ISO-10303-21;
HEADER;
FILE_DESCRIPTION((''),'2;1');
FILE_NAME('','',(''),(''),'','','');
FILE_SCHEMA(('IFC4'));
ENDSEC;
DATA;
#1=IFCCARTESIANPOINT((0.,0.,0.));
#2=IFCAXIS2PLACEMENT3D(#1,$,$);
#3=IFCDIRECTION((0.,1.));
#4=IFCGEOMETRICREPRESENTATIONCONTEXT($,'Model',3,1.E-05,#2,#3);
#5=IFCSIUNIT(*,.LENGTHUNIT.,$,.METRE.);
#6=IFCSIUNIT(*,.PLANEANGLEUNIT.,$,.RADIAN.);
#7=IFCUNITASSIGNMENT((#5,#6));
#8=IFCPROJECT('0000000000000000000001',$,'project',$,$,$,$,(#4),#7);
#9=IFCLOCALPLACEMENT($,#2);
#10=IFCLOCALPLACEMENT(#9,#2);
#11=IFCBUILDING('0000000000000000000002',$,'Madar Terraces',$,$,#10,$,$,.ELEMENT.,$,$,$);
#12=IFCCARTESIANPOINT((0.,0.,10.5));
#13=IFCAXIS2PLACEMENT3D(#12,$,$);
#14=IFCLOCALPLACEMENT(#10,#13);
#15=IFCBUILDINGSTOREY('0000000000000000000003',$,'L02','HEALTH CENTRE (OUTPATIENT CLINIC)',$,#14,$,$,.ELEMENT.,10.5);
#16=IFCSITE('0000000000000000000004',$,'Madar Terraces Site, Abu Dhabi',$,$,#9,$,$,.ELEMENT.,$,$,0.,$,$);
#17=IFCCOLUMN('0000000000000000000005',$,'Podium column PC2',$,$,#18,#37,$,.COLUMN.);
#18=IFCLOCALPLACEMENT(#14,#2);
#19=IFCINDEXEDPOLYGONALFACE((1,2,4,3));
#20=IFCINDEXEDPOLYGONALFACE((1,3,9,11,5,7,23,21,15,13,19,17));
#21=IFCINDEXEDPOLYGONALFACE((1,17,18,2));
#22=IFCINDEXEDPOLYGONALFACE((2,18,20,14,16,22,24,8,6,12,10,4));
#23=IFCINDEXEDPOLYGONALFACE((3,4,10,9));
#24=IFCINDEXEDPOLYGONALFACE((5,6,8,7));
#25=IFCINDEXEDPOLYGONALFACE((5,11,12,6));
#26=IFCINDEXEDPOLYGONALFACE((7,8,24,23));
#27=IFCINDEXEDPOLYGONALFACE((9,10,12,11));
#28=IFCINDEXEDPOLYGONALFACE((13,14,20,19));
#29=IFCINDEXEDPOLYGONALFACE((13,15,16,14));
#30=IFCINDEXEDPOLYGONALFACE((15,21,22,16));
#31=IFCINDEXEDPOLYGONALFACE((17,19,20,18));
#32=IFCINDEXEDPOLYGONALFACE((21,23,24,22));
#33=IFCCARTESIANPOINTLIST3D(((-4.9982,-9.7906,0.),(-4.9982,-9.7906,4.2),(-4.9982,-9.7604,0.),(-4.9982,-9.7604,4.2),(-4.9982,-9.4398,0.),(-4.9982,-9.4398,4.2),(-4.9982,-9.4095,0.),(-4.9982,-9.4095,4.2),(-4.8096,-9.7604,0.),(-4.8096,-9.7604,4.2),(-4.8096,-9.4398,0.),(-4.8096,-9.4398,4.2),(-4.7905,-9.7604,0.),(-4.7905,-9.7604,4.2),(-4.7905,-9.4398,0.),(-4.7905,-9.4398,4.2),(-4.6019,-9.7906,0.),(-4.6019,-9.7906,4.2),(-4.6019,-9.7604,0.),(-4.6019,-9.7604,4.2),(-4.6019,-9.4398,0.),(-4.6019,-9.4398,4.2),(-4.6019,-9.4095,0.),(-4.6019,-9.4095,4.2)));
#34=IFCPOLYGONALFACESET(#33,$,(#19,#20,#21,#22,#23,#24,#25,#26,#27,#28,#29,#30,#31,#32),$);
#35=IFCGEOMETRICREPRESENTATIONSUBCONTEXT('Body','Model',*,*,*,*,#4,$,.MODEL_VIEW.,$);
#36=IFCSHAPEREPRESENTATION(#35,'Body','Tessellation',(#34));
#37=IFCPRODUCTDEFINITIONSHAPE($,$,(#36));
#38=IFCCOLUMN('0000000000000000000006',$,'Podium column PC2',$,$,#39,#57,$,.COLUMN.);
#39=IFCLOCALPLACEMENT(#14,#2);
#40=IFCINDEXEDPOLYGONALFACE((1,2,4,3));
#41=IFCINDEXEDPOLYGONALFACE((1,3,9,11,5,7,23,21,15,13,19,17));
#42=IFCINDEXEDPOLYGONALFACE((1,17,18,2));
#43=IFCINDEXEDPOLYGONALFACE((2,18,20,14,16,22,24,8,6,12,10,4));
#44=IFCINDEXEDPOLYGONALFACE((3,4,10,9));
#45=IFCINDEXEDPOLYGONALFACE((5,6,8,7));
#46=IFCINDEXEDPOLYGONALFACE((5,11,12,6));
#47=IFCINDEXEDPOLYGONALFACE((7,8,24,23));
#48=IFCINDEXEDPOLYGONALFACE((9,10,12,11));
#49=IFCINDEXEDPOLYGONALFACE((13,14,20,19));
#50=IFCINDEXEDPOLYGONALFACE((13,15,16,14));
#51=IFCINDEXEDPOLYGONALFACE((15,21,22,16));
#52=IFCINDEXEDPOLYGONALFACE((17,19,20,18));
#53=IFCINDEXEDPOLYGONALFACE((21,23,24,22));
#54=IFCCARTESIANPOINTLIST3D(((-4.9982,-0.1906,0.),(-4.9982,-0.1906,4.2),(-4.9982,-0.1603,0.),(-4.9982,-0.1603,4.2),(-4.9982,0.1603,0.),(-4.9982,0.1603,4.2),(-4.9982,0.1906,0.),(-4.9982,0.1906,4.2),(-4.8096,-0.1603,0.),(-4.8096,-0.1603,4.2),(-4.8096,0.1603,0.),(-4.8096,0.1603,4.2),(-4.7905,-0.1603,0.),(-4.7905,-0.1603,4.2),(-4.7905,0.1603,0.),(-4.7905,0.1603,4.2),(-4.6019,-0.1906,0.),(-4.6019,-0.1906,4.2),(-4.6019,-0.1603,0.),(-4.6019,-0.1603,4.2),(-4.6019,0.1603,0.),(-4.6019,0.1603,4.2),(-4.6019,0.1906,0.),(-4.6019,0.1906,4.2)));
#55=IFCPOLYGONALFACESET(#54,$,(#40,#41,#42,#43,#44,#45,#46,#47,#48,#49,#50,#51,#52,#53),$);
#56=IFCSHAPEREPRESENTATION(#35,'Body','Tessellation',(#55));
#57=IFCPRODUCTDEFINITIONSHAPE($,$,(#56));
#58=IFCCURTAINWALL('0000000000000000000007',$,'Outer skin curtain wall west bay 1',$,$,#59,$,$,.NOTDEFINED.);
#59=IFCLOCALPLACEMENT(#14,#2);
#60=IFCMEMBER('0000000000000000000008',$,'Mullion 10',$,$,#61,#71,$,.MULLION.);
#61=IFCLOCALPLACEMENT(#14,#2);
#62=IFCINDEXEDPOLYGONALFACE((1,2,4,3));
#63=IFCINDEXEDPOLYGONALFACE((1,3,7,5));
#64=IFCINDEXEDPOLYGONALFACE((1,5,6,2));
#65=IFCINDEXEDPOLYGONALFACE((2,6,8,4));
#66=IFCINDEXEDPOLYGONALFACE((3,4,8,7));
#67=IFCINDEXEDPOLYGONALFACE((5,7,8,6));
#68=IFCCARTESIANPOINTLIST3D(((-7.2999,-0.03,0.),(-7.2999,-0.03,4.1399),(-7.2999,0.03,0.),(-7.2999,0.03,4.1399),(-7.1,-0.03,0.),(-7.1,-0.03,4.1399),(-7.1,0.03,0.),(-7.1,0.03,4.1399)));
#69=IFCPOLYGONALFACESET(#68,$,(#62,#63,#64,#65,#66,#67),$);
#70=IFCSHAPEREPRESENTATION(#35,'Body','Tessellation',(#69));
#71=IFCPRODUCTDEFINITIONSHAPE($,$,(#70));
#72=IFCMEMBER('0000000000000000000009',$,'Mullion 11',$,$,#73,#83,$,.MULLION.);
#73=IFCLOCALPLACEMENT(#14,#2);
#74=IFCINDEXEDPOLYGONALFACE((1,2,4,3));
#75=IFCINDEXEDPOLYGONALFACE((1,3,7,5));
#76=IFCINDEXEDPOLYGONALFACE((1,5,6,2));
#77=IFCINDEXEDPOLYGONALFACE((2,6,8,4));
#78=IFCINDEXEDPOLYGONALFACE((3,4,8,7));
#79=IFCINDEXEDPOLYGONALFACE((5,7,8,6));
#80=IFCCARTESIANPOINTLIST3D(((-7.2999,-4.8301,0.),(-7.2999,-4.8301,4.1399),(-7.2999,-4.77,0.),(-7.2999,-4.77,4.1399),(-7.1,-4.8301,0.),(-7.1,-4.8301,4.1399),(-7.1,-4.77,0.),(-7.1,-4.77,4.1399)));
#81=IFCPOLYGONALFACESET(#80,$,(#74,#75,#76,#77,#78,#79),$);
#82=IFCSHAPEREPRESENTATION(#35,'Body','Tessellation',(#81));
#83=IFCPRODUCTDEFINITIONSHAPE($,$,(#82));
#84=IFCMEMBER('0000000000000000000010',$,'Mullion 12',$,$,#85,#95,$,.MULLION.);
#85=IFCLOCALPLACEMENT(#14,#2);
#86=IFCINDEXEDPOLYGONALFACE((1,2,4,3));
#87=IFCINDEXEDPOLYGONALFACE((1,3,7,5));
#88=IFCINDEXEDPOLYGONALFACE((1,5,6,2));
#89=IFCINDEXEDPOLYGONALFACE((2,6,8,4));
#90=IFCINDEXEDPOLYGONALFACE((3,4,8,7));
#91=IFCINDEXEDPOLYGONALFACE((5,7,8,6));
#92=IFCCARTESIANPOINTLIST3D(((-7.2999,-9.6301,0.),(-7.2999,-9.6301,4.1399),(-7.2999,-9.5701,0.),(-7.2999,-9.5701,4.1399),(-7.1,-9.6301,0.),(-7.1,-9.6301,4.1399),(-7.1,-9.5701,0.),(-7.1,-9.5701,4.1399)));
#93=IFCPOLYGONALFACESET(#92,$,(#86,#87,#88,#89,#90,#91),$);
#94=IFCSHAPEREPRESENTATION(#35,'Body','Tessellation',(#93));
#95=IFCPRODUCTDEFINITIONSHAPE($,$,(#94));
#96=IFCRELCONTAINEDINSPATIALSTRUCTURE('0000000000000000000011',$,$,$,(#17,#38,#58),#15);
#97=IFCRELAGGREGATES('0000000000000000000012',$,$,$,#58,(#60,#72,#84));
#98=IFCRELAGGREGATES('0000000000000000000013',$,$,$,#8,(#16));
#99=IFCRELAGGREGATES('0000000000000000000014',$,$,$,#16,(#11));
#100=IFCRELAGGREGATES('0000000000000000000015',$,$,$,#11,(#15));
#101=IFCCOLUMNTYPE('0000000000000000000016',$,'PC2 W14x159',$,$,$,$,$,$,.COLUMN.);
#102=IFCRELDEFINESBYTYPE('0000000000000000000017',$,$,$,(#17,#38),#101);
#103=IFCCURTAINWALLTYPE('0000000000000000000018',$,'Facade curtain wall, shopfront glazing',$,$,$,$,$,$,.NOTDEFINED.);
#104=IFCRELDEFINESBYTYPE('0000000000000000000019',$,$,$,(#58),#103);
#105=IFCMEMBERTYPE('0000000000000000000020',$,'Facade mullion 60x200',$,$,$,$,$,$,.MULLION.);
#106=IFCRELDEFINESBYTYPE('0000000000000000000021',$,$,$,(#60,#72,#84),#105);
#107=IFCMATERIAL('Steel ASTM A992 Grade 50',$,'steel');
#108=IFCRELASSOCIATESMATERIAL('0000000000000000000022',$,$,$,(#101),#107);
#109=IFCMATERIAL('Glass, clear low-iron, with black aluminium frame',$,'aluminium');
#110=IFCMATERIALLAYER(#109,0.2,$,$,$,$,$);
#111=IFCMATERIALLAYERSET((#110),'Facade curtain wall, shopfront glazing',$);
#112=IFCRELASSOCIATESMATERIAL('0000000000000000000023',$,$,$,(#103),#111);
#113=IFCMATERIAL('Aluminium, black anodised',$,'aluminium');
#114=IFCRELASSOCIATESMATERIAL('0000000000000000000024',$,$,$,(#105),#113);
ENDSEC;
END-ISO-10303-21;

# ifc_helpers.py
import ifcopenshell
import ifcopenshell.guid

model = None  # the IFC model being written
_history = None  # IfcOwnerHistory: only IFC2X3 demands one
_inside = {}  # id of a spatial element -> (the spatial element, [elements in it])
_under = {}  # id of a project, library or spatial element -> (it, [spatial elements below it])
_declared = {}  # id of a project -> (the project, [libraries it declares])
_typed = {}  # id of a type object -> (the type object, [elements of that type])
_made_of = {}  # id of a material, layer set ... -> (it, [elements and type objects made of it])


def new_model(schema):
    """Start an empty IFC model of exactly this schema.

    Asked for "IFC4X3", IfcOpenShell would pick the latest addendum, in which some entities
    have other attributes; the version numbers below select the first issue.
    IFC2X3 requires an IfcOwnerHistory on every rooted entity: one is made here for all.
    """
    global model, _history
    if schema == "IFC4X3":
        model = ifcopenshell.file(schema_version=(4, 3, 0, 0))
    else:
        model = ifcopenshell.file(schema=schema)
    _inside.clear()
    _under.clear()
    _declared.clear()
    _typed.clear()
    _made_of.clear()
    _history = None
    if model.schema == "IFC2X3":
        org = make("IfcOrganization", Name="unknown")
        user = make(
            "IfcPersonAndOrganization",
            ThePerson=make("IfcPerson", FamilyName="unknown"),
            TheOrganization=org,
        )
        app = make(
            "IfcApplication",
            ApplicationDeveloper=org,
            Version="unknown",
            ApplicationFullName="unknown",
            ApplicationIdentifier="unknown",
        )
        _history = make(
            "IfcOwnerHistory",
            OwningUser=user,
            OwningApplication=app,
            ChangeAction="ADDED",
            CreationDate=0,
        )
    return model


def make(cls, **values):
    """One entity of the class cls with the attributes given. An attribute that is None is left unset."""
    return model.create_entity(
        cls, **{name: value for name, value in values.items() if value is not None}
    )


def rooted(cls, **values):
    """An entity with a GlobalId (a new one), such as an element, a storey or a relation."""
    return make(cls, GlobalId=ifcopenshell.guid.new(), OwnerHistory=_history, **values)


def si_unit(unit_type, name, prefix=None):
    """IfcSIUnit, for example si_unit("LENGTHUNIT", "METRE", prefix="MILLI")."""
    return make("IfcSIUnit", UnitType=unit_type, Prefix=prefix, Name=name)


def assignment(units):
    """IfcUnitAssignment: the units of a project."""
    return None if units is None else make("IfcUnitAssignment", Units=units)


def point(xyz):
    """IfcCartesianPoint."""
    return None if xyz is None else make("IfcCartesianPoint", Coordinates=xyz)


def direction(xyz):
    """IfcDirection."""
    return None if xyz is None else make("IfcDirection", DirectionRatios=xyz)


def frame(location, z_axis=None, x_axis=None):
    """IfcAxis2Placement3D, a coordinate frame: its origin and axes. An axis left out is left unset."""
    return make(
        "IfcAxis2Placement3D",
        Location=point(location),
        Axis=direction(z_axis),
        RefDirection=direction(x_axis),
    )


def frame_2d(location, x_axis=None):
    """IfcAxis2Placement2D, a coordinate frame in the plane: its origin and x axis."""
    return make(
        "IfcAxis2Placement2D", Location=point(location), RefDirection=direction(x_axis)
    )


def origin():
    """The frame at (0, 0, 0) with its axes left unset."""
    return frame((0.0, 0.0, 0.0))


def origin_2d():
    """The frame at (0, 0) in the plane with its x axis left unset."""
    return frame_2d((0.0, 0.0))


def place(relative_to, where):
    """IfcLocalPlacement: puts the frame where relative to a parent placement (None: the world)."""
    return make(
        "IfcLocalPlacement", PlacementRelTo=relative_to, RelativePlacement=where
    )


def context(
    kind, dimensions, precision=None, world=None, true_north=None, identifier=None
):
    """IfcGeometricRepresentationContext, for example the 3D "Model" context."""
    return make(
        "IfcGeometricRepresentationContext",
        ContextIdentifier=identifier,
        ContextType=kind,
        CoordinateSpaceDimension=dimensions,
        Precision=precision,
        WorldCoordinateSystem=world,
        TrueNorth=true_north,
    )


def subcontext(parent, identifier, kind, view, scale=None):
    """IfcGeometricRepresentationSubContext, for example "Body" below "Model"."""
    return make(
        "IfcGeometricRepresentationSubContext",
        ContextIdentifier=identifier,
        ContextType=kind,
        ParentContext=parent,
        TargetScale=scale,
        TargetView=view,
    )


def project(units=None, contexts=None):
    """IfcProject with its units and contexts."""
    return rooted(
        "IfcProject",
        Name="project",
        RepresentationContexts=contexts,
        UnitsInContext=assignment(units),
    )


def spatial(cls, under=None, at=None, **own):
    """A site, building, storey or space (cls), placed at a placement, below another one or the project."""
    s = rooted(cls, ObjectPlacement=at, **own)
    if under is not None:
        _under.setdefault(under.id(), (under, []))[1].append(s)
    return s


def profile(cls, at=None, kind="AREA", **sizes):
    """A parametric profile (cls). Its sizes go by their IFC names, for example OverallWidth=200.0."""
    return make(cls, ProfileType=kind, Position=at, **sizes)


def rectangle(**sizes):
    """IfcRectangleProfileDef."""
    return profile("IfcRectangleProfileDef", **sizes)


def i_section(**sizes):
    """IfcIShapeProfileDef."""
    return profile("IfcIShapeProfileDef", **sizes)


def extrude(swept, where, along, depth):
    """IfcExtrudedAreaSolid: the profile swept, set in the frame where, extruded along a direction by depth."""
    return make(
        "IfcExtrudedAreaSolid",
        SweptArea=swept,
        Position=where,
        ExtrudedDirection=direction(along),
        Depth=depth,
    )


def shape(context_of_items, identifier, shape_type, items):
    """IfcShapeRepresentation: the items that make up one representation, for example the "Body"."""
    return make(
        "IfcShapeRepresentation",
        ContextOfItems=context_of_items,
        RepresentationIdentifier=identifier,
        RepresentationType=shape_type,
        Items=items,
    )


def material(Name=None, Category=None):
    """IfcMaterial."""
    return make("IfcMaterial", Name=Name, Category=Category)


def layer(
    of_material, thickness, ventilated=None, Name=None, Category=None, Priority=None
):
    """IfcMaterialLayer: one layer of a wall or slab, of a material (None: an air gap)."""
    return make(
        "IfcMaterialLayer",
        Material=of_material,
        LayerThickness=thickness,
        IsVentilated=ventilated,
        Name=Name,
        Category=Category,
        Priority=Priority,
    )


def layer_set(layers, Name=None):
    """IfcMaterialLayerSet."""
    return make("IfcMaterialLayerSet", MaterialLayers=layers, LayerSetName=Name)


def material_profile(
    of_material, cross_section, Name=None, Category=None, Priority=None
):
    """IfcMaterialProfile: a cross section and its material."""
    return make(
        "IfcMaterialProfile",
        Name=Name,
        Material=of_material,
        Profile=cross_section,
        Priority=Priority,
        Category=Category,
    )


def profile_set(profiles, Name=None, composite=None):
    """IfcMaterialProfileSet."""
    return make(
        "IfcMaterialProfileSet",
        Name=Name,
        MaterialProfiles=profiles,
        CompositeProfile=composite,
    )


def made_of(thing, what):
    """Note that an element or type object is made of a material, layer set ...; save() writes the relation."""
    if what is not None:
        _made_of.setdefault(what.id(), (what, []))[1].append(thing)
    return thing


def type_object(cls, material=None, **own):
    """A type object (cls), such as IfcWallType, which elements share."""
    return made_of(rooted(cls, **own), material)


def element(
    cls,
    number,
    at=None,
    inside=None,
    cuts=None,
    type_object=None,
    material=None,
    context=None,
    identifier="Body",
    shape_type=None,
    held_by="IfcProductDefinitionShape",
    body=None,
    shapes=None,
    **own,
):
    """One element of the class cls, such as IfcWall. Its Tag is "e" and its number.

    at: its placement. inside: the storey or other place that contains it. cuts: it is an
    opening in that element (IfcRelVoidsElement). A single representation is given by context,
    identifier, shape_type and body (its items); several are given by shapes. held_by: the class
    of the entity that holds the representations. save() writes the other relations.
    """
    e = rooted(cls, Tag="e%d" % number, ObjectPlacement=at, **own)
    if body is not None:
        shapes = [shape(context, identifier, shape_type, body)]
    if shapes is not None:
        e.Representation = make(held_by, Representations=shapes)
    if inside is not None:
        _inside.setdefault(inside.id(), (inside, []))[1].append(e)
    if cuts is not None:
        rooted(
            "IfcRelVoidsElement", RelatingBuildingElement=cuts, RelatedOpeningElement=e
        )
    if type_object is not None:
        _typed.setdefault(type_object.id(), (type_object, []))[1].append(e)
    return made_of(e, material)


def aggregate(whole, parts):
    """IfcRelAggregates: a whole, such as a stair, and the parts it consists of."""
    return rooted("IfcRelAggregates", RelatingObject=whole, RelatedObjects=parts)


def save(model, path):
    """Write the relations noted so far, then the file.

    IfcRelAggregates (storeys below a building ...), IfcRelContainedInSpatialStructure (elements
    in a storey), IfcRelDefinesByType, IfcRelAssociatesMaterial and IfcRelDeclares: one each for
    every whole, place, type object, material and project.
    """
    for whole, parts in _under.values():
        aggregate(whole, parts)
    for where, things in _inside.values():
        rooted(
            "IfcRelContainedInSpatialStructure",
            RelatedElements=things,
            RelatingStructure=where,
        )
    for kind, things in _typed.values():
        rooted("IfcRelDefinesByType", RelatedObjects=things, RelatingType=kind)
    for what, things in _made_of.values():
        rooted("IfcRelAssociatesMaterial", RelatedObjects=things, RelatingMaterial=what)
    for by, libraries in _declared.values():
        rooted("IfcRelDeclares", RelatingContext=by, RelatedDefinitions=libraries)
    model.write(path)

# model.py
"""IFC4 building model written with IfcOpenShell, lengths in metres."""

from ifc_helpers import new_model, si_unit, direction, frame, origin, origin_2d, place, context, subcontext, project, spatial, rectangle, i_section, extrude, material, layer, layer_set, material_profile, profile_set, type_object, element, aggregate, save


model = new_model("IFC4")

# Units and contexts
model_context = context("Model", 3, precision=1e-05, world=origin(), true_north=direction((0.0, 1.0)))
body_context = subcontext(model_context, "Body", "Model", "MODEL_VIEW")
ifc_project = project(units=[si_unit("LENGTHUNIT", "METRE"), si_unit("PLANEANGLEUNIT", "RADIAN")], contexts=[model_context])

# Site, building, storey
site_placement = place(None, origin())
site = spatial("IfcSite", under=ifc_project, at=site_placement, Name="Madar Terraces Site, Abu Dhabi", CompositionType="ELEMENT", RefElevation=0.0)
building_placement = place(site_placement, origin())
building = spatial("IfcBuilding", under=site, at=building_placement, Name="Madar Terraces", CompositionType="ELEMENT")
storey_placement = place(building_placement, frame((0.0, 0.0, 10.5)))
storey = spatial("IfcBuildingStorey", under=building, at=storey_placement, Name="L02", Description="HEALTH CENTRE (OUTPATIENT CLINIC)", CompositionType="ELEMENT", Elevation=10.5)

# Columns
ifc_material_1 = material(Name="Steel ASTM A992 Grade 50", Category="steel")
ifc_material_profile_1 = material_profile(ifc_material_1, i_section(OverallWidth=0.3962, OverallDepth=0.3811, WebThickness=0.019, FlangeThickness=0.0303, at=origin_2d()), Name="W14x159")
ifc_profile_set_1 = profile_set([ifc_material_profile_1], Name="Steel ASTM A992 Grade 50")
column_type = type_object("IfcColumnType", Name="PC2 W14x159", PredefinedType="COLUMN", material=ifc_profile_set_1)
for number, where, z_axis, x_axis, name in (
    (1, (-4.8, -9.6001, 0.0), (0.0, 0.0, 1.0), (1.0, 0.0, 0.0), "Podium column PC2"),
    (2, (-4.8, 0.0, 0.0), (0.0, 0.0, 1.0), (1.0, 0.0, 0.0), "Podium column PC2"),
):
    element("IfcColumn", number, at=place(storey_placement, frame(where, z_axis=z_axis, x_axis=x_axis)), inside=storey, type_object=column_type, Name=name, PredefinedType="COLUMN", context=body_context, shape_type="SweptSolid", body=[
        extrude(i_section(OverallWidth=0.3962, OverallDepth=0.3811, WebThickness=0.019, FlangeThickness=0.0303, at=origin_2d()), origin(), (0.0, 0.0, 1.0), 4.2),
    ])

# Curtain wall, members
ifc_material_2 = material(Name="Glass, clear low-iron, with black aluminium frame", Category="aluminium")
ifc_layer_1 = layer(ifc_material_2, 0.2)
ifc_layer_set_1 = layer_set([ifc_layer_1], Name="Facade curtain wall, shopfront glazing")
curtain_wall_type = type_object("IfcCurtainWallType", Name="Facade curtain wall, shopfront glazing", PredefinedType="NOTDEFINED", material=ifc_layer_set_1)
curtain_wall_placement = place(storey_placement, origin())
curtain_wall = element("IfcCurtainWall", 3, at=curtain_wall_placement, inside=storey, type_object=curtain_wall_type, Name="Outer skin curtain wall west bay 1", PredefinedType="NOTDEFINED")
ifc_material_3 = material(Name="Aluminium, black anodised", Category="aluminium")
ifc_material_profile_2 = material_profile(ifc_material_3, rectangle(XDim=0.2, YDim=0.0601, at=origin_2d()), Name="Facade mullion 60x200")
ifc_profile_set_2 = profile_set([ifc_material_profile_2], Name="Aluminium, black anodised")
member_type = type_object("IfcMemberType", Name="Facade mullion 60x200", PredefinedType="MULLION", material=ifc_profile_set_2)
member_1_placement = place(storey_placement, frame((-7.2, 0.0, 0.0), z_axis=(0.0, 0.0, 1.0), x_axis=(1.0, 0.0, 0.0)))
member_1 = element("IfcMember", 4, at=member_1_placement, type_object=member_type, Name="Mullion 10", PredefinedType="MULLION", context=body_context, shape_type="SweptSolid", body=[
    extrude(rectangle(XDim=0.2, YDim=0.0601, at=origin_2d()), origin(), (0.0, 0.0, 1.0), 4.1399),
])
member_2_placement = place(storey_placement, frame((-7.2, -4.8, 0.0), z_axis=(0.0, 0.0, 1.0), x_axis=(1.0, 0.0, 0.0)))
member_2 = element("IfcMember", 5, at=member_2_placement, type_object=member_type, Name="Mullion 11", PredefinedType="MULLION", context=body_context, shape_type="SweptSolid", body=[
    extrude(rectangle(XDim=0.2, YDim=0.0601, at=origin_2d()), origin(), (0.0, 0.0, 1.0), 4.1399),
])
member_3_placement = place(storey_placement, frame((-7.2, -9.6001, 0.0), z_axis=(0.0, 0.0, 1.0), x_axis=(1.0, 0.0, 0.0)))
member_3 = element("IfcMember", 6, at=member_3_placement, type_object=member_type, Name="Mullion 12", PredefinedType="MULLION", context=body_context, shape_type="SweptSolid", body=[
    extrude(rectangle(XDim=0.2, YDim=0.0601, at=origin_2d()), origin(), (0.0, 0.0, 1.0), 4.1399),
])

aggregate(curtain_wall, [member_1, member_2, member_3])

save(model, "model.ifc")
